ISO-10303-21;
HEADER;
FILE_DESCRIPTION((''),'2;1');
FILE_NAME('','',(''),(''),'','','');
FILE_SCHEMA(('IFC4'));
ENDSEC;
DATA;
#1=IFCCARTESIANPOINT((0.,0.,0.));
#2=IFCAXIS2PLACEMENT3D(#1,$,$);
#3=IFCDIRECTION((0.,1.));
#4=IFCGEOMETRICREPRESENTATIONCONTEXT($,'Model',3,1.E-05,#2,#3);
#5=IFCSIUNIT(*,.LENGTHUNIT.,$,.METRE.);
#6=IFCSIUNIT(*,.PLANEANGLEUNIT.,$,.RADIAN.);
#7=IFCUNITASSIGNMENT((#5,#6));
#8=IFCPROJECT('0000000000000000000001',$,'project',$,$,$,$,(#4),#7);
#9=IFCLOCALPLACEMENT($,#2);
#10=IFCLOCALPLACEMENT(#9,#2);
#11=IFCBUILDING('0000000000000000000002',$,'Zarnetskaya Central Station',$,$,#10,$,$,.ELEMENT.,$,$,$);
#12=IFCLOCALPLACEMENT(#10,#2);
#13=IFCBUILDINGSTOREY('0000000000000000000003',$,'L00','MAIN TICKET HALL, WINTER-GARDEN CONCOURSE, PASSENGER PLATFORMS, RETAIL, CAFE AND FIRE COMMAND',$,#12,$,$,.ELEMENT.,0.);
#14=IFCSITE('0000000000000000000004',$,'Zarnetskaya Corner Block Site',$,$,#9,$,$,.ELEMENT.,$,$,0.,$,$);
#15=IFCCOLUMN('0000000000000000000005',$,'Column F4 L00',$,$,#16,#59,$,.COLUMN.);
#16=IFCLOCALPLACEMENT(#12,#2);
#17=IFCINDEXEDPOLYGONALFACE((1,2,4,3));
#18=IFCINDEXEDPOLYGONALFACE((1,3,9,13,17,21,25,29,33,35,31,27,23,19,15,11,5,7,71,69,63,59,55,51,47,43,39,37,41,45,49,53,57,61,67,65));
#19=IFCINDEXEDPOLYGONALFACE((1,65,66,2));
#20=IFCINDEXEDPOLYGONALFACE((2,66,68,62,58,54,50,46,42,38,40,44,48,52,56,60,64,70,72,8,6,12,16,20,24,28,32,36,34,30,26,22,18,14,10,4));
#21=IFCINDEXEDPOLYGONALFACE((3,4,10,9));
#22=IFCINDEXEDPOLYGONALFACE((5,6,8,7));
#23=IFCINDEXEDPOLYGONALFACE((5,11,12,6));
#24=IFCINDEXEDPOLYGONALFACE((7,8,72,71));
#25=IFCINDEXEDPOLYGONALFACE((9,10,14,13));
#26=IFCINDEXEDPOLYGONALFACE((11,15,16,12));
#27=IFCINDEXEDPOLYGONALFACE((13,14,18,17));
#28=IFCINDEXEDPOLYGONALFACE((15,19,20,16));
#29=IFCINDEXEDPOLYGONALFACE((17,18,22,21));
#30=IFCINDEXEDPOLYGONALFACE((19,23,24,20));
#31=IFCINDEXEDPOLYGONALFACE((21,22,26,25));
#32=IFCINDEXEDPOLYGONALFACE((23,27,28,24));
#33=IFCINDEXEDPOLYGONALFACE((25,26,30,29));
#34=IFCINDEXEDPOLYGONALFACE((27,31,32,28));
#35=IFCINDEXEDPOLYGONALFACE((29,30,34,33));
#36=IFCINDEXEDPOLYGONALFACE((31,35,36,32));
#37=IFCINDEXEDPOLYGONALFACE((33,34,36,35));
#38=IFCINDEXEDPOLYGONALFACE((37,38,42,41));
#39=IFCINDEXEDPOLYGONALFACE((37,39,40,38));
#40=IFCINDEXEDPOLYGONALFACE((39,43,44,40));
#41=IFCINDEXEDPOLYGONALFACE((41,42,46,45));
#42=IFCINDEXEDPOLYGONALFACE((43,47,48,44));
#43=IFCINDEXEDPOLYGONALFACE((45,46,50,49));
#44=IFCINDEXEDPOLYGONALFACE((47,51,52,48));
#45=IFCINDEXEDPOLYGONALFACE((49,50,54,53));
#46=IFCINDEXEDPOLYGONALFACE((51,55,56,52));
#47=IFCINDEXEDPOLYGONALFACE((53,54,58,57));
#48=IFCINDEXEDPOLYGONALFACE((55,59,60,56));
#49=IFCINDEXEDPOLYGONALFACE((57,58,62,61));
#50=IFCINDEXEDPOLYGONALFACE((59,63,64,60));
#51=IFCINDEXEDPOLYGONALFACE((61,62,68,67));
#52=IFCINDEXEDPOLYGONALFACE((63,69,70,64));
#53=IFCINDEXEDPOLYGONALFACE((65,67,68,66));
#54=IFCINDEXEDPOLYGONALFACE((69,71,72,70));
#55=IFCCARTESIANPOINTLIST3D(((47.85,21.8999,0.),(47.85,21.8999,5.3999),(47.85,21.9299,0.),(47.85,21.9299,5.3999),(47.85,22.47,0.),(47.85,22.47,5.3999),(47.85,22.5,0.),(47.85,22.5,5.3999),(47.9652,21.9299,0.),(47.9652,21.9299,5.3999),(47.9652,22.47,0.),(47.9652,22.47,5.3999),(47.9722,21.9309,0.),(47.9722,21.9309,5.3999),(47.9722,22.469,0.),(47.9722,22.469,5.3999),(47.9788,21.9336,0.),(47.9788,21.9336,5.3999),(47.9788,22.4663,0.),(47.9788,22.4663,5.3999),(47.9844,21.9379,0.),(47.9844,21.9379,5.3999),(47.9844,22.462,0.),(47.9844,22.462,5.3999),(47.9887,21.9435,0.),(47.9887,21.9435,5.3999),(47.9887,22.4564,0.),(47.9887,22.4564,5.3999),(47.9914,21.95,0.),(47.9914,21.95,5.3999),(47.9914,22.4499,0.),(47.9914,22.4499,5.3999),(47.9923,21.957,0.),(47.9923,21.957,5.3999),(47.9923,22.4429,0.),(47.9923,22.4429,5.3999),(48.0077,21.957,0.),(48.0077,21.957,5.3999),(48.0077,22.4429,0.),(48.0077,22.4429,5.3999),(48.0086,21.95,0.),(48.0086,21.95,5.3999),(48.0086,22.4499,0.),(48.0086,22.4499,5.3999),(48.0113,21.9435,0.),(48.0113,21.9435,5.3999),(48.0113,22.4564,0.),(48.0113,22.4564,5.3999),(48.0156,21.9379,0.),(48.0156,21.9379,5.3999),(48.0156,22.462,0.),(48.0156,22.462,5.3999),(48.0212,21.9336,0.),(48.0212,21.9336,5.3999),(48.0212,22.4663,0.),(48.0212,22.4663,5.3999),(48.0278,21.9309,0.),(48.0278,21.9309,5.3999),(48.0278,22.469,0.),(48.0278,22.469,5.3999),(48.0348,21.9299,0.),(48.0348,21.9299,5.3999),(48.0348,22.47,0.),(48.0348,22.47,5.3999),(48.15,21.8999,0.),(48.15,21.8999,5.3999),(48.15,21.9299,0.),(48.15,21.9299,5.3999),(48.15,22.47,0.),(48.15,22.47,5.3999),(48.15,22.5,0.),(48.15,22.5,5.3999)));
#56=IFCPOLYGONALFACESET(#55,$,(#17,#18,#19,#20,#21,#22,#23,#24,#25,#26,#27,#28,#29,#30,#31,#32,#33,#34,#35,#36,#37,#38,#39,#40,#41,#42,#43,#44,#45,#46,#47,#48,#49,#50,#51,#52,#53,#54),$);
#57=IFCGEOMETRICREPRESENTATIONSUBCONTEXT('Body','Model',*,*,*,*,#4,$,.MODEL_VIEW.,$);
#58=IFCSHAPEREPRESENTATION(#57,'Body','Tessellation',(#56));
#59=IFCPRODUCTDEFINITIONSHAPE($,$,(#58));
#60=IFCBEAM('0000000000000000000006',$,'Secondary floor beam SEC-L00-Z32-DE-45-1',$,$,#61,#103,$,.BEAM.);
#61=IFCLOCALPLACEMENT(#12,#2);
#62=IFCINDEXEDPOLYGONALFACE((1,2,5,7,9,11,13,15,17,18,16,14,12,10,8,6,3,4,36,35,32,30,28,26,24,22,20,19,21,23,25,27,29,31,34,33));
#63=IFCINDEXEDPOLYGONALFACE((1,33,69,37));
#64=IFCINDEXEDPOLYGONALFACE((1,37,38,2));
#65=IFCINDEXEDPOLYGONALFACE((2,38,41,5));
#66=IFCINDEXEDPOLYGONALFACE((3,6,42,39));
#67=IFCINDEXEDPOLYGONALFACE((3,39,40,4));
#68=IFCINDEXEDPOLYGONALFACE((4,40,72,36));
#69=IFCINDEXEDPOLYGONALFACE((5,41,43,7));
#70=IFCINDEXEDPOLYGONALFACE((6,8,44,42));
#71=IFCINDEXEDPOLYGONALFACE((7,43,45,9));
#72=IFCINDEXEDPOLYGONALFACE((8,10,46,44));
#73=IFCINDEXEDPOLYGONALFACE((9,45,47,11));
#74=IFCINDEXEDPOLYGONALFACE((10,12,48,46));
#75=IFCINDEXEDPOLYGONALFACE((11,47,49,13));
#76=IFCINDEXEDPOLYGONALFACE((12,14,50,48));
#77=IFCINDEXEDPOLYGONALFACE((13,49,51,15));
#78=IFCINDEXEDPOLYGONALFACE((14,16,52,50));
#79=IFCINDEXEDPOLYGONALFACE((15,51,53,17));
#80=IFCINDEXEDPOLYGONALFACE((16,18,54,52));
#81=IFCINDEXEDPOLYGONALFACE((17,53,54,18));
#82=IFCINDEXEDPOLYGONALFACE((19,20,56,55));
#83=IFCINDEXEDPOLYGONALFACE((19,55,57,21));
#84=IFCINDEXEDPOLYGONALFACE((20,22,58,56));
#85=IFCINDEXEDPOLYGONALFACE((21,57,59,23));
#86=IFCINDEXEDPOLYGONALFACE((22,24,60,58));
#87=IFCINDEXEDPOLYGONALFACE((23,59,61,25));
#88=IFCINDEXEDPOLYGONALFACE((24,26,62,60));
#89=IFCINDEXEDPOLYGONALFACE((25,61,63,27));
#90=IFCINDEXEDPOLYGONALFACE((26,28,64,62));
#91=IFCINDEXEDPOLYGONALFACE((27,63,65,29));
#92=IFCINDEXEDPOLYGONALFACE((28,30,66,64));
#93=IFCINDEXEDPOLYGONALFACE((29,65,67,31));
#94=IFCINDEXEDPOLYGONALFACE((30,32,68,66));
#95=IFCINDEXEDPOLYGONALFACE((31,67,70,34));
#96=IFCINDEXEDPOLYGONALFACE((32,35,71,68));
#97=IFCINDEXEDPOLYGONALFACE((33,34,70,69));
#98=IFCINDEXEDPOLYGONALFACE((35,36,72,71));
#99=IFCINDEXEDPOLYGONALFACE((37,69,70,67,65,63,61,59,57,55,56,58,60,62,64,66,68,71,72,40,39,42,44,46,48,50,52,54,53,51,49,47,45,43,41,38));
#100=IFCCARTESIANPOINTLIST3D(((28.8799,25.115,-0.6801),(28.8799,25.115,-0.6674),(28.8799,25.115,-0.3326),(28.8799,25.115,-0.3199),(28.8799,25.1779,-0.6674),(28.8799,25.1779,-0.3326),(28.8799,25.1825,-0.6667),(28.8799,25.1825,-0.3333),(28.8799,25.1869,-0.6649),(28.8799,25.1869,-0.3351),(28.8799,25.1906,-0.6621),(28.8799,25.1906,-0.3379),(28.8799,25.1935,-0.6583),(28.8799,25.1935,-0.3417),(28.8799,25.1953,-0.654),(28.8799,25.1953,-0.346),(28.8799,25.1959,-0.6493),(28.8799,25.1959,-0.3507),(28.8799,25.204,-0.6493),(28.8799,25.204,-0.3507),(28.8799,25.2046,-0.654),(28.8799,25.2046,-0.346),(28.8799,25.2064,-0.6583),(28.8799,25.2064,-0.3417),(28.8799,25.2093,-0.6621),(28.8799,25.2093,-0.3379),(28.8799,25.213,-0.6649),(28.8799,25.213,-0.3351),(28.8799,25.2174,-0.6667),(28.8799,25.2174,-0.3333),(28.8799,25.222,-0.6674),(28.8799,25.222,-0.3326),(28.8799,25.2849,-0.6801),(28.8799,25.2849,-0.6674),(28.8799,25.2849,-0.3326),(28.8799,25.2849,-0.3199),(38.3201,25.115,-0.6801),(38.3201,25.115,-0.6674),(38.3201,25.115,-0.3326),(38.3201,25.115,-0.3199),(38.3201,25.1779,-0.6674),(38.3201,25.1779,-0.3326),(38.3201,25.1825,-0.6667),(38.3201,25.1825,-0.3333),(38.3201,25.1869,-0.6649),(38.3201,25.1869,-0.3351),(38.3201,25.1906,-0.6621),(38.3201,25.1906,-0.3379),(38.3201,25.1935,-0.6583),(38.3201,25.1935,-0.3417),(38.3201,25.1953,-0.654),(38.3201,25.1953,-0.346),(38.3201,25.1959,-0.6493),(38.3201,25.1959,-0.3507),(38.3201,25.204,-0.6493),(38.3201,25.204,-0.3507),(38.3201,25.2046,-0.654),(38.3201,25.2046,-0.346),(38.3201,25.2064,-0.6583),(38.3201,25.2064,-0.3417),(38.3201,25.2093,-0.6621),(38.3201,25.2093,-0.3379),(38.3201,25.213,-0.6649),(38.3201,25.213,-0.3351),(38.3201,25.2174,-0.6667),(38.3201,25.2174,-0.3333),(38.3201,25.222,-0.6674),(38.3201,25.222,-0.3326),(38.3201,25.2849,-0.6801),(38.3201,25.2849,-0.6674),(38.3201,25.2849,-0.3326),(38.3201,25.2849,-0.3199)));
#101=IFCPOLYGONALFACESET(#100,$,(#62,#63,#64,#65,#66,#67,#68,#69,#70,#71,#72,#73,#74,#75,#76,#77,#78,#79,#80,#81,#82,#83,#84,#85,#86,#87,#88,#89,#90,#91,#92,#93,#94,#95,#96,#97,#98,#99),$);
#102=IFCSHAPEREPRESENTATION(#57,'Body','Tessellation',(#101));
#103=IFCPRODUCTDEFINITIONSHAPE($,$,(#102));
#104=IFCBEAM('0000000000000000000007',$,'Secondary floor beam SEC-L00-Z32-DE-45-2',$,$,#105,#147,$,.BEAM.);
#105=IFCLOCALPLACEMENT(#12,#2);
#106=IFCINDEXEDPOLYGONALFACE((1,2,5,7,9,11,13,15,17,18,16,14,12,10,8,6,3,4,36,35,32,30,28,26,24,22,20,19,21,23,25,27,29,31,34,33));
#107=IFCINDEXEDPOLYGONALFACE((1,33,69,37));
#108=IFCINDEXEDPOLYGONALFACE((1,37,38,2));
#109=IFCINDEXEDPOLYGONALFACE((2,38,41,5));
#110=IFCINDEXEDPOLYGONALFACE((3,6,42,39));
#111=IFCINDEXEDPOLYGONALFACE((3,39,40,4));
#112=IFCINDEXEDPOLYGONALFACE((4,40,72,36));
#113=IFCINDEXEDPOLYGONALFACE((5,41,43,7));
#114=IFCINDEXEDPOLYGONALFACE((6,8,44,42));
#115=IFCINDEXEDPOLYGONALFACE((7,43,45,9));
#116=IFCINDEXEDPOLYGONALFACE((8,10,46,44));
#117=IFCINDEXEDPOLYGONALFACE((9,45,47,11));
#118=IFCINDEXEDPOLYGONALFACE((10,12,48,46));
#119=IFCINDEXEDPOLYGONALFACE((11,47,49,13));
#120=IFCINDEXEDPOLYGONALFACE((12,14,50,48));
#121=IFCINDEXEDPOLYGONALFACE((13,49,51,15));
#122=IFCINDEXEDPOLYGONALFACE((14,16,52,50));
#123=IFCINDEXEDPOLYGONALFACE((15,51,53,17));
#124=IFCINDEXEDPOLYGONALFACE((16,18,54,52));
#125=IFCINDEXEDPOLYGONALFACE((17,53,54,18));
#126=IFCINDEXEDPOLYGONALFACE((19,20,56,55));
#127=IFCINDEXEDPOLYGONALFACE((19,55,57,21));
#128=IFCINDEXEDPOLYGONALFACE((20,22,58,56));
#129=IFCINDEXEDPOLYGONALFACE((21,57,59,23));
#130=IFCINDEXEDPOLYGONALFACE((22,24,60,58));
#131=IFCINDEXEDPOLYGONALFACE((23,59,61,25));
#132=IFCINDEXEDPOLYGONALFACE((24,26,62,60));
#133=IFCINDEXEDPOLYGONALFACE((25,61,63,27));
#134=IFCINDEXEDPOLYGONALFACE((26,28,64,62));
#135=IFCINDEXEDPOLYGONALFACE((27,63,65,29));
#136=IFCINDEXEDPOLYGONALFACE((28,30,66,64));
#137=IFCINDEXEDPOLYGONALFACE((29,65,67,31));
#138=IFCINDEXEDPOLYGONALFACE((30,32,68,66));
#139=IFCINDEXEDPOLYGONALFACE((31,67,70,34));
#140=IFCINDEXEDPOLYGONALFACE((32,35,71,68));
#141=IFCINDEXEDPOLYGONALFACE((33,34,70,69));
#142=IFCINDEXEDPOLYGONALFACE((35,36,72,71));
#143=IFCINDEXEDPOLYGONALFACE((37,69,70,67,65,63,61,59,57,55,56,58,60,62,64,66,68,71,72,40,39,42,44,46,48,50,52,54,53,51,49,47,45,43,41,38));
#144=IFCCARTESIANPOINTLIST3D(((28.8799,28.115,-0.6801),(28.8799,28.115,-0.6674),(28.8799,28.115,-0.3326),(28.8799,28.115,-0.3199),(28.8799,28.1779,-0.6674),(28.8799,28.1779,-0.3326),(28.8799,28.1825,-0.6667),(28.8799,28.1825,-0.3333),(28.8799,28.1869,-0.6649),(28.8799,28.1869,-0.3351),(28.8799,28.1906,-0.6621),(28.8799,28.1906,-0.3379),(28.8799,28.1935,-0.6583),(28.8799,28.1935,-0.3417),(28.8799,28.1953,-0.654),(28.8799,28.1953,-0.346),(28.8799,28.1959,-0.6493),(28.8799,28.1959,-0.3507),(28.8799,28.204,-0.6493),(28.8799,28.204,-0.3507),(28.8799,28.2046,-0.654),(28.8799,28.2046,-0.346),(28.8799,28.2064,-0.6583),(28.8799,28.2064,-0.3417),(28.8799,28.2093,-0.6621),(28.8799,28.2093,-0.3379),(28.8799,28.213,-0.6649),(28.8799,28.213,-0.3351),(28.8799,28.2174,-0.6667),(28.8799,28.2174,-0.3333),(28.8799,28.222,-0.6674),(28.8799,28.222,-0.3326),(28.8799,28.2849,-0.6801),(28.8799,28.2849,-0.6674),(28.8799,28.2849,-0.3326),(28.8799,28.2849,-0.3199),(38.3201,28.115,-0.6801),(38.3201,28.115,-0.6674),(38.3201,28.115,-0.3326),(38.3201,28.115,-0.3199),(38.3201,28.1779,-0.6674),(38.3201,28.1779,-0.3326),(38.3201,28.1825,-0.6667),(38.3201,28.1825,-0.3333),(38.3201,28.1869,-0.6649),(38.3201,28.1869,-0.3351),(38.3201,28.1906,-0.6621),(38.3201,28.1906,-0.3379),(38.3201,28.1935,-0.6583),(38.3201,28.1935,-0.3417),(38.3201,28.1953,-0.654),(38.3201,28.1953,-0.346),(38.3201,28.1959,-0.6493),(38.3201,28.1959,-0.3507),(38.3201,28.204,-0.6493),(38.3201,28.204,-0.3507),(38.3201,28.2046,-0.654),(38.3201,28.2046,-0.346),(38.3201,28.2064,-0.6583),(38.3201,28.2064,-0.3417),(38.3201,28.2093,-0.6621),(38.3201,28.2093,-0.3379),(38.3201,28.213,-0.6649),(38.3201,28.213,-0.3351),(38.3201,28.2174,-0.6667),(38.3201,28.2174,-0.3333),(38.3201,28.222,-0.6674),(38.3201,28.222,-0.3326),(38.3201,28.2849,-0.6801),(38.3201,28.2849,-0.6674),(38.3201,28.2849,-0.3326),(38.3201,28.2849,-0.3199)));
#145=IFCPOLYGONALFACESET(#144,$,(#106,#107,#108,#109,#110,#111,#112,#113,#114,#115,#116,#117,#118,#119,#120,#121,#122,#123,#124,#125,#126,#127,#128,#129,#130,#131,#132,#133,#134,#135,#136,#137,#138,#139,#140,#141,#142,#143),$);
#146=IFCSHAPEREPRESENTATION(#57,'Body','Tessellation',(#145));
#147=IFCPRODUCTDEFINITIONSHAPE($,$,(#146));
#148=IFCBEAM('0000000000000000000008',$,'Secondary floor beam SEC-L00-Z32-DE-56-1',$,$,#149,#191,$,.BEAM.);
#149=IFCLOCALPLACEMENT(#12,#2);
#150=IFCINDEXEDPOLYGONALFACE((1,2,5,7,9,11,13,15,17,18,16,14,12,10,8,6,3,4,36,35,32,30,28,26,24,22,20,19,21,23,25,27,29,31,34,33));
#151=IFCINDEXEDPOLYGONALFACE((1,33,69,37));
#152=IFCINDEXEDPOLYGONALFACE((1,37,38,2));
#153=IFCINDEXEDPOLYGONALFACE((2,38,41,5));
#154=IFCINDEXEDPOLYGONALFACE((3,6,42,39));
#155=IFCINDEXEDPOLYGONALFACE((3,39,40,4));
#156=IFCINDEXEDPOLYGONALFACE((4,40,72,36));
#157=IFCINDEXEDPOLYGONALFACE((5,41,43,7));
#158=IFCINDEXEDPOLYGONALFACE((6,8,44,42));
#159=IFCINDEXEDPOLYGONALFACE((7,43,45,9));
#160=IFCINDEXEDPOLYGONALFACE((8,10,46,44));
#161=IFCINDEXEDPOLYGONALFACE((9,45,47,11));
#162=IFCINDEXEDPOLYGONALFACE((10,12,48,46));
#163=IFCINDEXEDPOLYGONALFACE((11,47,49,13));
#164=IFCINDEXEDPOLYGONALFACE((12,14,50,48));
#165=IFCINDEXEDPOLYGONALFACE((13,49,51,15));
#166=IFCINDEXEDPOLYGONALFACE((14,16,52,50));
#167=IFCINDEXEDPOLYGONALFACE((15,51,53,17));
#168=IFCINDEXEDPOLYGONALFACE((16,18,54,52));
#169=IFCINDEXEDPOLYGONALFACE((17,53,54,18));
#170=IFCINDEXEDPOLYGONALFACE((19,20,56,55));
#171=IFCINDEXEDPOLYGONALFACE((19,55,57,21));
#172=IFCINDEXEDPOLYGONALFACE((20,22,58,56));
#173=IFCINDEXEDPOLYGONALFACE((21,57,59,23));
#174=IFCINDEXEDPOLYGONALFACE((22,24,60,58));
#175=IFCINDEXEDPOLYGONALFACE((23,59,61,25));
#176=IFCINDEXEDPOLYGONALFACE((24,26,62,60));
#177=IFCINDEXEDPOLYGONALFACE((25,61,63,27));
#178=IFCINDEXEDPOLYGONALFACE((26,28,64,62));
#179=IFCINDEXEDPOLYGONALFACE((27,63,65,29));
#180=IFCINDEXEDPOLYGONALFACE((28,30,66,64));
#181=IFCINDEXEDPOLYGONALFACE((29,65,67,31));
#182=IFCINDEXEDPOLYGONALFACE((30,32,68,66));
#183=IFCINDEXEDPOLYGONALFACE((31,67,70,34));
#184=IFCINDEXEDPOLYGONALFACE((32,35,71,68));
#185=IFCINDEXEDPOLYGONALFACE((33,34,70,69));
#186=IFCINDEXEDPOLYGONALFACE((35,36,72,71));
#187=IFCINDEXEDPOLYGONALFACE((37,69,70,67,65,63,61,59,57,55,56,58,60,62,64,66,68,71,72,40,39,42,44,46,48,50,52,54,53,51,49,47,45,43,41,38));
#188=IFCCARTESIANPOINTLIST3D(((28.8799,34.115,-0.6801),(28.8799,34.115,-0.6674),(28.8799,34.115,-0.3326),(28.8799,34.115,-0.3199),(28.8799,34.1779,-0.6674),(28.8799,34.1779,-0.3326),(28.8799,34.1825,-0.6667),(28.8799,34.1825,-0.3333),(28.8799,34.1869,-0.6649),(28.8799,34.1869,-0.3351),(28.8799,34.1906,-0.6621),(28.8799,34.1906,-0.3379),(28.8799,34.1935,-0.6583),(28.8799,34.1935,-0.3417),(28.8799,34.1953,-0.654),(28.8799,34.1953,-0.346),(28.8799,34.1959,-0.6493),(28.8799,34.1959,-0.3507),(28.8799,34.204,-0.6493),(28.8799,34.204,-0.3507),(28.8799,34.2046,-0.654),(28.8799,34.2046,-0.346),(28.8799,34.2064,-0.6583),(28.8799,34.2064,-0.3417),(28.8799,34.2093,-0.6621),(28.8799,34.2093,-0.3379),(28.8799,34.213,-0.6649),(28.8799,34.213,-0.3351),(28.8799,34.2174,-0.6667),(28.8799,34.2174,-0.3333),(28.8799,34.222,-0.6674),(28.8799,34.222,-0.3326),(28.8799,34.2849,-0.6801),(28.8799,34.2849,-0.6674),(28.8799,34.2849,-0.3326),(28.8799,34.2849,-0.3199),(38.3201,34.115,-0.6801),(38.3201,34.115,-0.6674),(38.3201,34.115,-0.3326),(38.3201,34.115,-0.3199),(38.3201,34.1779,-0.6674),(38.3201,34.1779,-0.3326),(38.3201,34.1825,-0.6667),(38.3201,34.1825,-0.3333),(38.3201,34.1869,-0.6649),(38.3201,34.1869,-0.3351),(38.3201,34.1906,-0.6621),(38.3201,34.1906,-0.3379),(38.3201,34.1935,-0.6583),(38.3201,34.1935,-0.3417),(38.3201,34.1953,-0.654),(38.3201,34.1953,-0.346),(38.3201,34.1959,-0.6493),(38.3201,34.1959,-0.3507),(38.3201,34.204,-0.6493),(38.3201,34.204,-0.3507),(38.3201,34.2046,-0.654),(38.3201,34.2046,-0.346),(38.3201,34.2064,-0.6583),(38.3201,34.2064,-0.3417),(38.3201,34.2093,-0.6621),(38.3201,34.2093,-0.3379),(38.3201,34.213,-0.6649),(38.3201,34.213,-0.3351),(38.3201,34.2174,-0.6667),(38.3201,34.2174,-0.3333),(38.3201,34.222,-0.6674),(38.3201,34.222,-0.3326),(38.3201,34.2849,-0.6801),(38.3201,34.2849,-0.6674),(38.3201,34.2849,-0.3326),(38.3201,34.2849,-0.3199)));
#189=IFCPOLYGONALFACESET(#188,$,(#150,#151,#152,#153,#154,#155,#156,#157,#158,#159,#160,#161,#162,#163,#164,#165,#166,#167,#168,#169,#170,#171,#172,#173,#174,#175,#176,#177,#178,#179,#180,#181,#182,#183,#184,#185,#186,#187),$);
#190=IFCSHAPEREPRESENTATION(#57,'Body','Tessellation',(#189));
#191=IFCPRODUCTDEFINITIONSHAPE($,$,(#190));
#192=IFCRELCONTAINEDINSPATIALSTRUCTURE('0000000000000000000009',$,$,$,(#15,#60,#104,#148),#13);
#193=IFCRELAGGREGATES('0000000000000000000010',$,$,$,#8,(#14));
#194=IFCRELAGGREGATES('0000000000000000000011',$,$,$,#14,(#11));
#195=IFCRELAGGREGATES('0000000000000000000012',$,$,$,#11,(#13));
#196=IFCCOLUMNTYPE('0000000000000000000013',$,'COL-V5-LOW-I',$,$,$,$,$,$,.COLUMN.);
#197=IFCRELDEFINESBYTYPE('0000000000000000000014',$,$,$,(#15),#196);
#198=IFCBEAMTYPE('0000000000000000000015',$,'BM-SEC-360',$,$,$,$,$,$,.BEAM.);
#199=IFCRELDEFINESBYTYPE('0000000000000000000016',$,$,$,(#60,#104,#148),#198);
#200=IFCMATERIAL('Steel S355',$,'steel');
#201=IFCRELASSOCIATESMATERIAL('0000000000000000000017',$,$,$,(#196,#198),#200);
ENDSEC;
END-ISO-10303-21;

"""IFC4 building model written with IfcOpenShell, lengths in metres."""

from ifc_helpers import new_model, si_unit, direction, frame, origin, origin_2d, place, context, subcontext, project, spatial, i_section, extrude, material, material_profile, profile_set, type_object, element, save


model = new_model("IFC4")

# Units and contexts
model_context = context("Model", 3, precision=1e-05, world=origin(), true_north=direction((0.0, 1.0)))
body_context = subcontext(model_context, "Body", "Model", "MODEL_VIEW")
ifc_project = project(units=[si_unit("LENGTHUNIT", "METRE"), si_unit("PLANEANGLEUNIT", "RADIAN")], contexts=[model_context])

# Site, building, storey
site_placement = place(None, origin())
site = spatial("IfcSite", under=ifc_project, at=site_placement, Name="Zarnetskaya Corner Block Site", CompositionType="ELEMENT", RefElevation=0.0)
building_placement = place(site_placement, origin())
building = spatial("IfcBuilding", under=site, at=building_placement, Name="Zarnetskaya Central Station", CompositionType="ELEMENT")
storey_placement = place(building_placement, origin())
storey = spatial("IfcBuildingStorey", under=building, at=storey_placement, Name="L00", Description="MAIN TICKET HALL, WINTER-GARDEN CONCOURSE, PASSENGER PLATFORMS, RETAIL, CAFE AND FIRE COMMAND", CompositionType="ELEMENT", Elevation=0.0)

# Column
ifc_material_1 = material(Name="Steel S355", Category="steel")
ifc_material_profile_1 = material_profile(ifc_material_1, i_section(OverallWidth=0.3, OverallDepth=0.6001, WebThickness=0.0154, FlangeThickness=0.03, FilletRadius=0.0271, at=origin_2d()), Name="HEB 600")
ifc_profile_set_1 = profile_set([ifc_material_profile_1], Name="Steel S355")
column_type_1 = type_object("IfcColumnType", Name="COL-V5-LOW-I", PredefinedType="COLUMN", material=ifc_profile_set_1)
for number, where, z_axis, x_axis, name in (
    (1, (48.0, 22.2, 0.0), (0.0, 0.0, 1.0), (1.0, 0.0, 0.0), "Column F4 L00"),
):
    element("IfcColumn", number, at=place(storey_placement, frame(where, z_axis=z_axis, x_axis=x_axis)), inside=storey, type_object=column_type_1, Name=name, PredefinedType="COLUMN", context=body_context, shape_type="SweptSolid", body=[
        extrude(i_section(OverallWidth=0.3, OverallDepth=0.6001, WebThickness=0.0154, FlangeThickness=0.03, FilletRadius=0.0271, at=origin_2d()), origin(), (0.0, 0.0, 1.0), 5.3999),
    ])

# Beams
ifc_material_profile_2 = material_profile(ifc_material_1, i_section(OverallWidth=0.1699, OverallDepth=0.3601, WebThickness=0.0081, FlangeThickness=0.0127, FilletRadius=0.0181, at=origin_2d()), Name="IPE 360")
ifc_profile_set_2 = profile_set([ifc_material_profile_2], Name="Steel S355")
beam_type_1 = type_object("IfcBeamType", Name="BM-SEC-360", PredefinedType="BEAM", material=ifc_profile_set_2)
for number, where, z_axis, x_axis, name in (
    (2, (28.8799, 25.2, -0.5), (1.0, 0.0, 0.0), (0.0, 1.0, 0.0), "Secondary floor beam SEC-L00-Z32-DE-45-1"),
    (3, (28.8799, 28.2, -0.5), (1.0, 0.0, 0.0), (0.0, 1.0, 0.0), "Secondary floor beam SEC-L00-Z32-DE-45-2"),
    (4, (28.8799, 34.2, -0.5), (1.0, 0.0, 0.0), (0.0, 1.0, 0.0), "Secondary floor beam SEC-L00-Z32-DE-56-1"),
):
    element("IfcBeam", number, at=place(storey_placement, frame(where, z_axis=z_axis, x_axis=x_axis)), inside=storey, type_object=beam_type_1, Name=name, PredefinedType="BEAM", context=body_context, shape_type="SweptSolid", body=[
        extrude(i_section(OverallWidth=0.1699, OverallDepth=0.3601, WebThickness=0.0081, FlangeThickness=0.0127, FilletRadius=0.0181, at=origin_2d()), origin(), (0.0, 0.0, 1.0), 9.4402),
    ])

save(model, "model.ifc")
